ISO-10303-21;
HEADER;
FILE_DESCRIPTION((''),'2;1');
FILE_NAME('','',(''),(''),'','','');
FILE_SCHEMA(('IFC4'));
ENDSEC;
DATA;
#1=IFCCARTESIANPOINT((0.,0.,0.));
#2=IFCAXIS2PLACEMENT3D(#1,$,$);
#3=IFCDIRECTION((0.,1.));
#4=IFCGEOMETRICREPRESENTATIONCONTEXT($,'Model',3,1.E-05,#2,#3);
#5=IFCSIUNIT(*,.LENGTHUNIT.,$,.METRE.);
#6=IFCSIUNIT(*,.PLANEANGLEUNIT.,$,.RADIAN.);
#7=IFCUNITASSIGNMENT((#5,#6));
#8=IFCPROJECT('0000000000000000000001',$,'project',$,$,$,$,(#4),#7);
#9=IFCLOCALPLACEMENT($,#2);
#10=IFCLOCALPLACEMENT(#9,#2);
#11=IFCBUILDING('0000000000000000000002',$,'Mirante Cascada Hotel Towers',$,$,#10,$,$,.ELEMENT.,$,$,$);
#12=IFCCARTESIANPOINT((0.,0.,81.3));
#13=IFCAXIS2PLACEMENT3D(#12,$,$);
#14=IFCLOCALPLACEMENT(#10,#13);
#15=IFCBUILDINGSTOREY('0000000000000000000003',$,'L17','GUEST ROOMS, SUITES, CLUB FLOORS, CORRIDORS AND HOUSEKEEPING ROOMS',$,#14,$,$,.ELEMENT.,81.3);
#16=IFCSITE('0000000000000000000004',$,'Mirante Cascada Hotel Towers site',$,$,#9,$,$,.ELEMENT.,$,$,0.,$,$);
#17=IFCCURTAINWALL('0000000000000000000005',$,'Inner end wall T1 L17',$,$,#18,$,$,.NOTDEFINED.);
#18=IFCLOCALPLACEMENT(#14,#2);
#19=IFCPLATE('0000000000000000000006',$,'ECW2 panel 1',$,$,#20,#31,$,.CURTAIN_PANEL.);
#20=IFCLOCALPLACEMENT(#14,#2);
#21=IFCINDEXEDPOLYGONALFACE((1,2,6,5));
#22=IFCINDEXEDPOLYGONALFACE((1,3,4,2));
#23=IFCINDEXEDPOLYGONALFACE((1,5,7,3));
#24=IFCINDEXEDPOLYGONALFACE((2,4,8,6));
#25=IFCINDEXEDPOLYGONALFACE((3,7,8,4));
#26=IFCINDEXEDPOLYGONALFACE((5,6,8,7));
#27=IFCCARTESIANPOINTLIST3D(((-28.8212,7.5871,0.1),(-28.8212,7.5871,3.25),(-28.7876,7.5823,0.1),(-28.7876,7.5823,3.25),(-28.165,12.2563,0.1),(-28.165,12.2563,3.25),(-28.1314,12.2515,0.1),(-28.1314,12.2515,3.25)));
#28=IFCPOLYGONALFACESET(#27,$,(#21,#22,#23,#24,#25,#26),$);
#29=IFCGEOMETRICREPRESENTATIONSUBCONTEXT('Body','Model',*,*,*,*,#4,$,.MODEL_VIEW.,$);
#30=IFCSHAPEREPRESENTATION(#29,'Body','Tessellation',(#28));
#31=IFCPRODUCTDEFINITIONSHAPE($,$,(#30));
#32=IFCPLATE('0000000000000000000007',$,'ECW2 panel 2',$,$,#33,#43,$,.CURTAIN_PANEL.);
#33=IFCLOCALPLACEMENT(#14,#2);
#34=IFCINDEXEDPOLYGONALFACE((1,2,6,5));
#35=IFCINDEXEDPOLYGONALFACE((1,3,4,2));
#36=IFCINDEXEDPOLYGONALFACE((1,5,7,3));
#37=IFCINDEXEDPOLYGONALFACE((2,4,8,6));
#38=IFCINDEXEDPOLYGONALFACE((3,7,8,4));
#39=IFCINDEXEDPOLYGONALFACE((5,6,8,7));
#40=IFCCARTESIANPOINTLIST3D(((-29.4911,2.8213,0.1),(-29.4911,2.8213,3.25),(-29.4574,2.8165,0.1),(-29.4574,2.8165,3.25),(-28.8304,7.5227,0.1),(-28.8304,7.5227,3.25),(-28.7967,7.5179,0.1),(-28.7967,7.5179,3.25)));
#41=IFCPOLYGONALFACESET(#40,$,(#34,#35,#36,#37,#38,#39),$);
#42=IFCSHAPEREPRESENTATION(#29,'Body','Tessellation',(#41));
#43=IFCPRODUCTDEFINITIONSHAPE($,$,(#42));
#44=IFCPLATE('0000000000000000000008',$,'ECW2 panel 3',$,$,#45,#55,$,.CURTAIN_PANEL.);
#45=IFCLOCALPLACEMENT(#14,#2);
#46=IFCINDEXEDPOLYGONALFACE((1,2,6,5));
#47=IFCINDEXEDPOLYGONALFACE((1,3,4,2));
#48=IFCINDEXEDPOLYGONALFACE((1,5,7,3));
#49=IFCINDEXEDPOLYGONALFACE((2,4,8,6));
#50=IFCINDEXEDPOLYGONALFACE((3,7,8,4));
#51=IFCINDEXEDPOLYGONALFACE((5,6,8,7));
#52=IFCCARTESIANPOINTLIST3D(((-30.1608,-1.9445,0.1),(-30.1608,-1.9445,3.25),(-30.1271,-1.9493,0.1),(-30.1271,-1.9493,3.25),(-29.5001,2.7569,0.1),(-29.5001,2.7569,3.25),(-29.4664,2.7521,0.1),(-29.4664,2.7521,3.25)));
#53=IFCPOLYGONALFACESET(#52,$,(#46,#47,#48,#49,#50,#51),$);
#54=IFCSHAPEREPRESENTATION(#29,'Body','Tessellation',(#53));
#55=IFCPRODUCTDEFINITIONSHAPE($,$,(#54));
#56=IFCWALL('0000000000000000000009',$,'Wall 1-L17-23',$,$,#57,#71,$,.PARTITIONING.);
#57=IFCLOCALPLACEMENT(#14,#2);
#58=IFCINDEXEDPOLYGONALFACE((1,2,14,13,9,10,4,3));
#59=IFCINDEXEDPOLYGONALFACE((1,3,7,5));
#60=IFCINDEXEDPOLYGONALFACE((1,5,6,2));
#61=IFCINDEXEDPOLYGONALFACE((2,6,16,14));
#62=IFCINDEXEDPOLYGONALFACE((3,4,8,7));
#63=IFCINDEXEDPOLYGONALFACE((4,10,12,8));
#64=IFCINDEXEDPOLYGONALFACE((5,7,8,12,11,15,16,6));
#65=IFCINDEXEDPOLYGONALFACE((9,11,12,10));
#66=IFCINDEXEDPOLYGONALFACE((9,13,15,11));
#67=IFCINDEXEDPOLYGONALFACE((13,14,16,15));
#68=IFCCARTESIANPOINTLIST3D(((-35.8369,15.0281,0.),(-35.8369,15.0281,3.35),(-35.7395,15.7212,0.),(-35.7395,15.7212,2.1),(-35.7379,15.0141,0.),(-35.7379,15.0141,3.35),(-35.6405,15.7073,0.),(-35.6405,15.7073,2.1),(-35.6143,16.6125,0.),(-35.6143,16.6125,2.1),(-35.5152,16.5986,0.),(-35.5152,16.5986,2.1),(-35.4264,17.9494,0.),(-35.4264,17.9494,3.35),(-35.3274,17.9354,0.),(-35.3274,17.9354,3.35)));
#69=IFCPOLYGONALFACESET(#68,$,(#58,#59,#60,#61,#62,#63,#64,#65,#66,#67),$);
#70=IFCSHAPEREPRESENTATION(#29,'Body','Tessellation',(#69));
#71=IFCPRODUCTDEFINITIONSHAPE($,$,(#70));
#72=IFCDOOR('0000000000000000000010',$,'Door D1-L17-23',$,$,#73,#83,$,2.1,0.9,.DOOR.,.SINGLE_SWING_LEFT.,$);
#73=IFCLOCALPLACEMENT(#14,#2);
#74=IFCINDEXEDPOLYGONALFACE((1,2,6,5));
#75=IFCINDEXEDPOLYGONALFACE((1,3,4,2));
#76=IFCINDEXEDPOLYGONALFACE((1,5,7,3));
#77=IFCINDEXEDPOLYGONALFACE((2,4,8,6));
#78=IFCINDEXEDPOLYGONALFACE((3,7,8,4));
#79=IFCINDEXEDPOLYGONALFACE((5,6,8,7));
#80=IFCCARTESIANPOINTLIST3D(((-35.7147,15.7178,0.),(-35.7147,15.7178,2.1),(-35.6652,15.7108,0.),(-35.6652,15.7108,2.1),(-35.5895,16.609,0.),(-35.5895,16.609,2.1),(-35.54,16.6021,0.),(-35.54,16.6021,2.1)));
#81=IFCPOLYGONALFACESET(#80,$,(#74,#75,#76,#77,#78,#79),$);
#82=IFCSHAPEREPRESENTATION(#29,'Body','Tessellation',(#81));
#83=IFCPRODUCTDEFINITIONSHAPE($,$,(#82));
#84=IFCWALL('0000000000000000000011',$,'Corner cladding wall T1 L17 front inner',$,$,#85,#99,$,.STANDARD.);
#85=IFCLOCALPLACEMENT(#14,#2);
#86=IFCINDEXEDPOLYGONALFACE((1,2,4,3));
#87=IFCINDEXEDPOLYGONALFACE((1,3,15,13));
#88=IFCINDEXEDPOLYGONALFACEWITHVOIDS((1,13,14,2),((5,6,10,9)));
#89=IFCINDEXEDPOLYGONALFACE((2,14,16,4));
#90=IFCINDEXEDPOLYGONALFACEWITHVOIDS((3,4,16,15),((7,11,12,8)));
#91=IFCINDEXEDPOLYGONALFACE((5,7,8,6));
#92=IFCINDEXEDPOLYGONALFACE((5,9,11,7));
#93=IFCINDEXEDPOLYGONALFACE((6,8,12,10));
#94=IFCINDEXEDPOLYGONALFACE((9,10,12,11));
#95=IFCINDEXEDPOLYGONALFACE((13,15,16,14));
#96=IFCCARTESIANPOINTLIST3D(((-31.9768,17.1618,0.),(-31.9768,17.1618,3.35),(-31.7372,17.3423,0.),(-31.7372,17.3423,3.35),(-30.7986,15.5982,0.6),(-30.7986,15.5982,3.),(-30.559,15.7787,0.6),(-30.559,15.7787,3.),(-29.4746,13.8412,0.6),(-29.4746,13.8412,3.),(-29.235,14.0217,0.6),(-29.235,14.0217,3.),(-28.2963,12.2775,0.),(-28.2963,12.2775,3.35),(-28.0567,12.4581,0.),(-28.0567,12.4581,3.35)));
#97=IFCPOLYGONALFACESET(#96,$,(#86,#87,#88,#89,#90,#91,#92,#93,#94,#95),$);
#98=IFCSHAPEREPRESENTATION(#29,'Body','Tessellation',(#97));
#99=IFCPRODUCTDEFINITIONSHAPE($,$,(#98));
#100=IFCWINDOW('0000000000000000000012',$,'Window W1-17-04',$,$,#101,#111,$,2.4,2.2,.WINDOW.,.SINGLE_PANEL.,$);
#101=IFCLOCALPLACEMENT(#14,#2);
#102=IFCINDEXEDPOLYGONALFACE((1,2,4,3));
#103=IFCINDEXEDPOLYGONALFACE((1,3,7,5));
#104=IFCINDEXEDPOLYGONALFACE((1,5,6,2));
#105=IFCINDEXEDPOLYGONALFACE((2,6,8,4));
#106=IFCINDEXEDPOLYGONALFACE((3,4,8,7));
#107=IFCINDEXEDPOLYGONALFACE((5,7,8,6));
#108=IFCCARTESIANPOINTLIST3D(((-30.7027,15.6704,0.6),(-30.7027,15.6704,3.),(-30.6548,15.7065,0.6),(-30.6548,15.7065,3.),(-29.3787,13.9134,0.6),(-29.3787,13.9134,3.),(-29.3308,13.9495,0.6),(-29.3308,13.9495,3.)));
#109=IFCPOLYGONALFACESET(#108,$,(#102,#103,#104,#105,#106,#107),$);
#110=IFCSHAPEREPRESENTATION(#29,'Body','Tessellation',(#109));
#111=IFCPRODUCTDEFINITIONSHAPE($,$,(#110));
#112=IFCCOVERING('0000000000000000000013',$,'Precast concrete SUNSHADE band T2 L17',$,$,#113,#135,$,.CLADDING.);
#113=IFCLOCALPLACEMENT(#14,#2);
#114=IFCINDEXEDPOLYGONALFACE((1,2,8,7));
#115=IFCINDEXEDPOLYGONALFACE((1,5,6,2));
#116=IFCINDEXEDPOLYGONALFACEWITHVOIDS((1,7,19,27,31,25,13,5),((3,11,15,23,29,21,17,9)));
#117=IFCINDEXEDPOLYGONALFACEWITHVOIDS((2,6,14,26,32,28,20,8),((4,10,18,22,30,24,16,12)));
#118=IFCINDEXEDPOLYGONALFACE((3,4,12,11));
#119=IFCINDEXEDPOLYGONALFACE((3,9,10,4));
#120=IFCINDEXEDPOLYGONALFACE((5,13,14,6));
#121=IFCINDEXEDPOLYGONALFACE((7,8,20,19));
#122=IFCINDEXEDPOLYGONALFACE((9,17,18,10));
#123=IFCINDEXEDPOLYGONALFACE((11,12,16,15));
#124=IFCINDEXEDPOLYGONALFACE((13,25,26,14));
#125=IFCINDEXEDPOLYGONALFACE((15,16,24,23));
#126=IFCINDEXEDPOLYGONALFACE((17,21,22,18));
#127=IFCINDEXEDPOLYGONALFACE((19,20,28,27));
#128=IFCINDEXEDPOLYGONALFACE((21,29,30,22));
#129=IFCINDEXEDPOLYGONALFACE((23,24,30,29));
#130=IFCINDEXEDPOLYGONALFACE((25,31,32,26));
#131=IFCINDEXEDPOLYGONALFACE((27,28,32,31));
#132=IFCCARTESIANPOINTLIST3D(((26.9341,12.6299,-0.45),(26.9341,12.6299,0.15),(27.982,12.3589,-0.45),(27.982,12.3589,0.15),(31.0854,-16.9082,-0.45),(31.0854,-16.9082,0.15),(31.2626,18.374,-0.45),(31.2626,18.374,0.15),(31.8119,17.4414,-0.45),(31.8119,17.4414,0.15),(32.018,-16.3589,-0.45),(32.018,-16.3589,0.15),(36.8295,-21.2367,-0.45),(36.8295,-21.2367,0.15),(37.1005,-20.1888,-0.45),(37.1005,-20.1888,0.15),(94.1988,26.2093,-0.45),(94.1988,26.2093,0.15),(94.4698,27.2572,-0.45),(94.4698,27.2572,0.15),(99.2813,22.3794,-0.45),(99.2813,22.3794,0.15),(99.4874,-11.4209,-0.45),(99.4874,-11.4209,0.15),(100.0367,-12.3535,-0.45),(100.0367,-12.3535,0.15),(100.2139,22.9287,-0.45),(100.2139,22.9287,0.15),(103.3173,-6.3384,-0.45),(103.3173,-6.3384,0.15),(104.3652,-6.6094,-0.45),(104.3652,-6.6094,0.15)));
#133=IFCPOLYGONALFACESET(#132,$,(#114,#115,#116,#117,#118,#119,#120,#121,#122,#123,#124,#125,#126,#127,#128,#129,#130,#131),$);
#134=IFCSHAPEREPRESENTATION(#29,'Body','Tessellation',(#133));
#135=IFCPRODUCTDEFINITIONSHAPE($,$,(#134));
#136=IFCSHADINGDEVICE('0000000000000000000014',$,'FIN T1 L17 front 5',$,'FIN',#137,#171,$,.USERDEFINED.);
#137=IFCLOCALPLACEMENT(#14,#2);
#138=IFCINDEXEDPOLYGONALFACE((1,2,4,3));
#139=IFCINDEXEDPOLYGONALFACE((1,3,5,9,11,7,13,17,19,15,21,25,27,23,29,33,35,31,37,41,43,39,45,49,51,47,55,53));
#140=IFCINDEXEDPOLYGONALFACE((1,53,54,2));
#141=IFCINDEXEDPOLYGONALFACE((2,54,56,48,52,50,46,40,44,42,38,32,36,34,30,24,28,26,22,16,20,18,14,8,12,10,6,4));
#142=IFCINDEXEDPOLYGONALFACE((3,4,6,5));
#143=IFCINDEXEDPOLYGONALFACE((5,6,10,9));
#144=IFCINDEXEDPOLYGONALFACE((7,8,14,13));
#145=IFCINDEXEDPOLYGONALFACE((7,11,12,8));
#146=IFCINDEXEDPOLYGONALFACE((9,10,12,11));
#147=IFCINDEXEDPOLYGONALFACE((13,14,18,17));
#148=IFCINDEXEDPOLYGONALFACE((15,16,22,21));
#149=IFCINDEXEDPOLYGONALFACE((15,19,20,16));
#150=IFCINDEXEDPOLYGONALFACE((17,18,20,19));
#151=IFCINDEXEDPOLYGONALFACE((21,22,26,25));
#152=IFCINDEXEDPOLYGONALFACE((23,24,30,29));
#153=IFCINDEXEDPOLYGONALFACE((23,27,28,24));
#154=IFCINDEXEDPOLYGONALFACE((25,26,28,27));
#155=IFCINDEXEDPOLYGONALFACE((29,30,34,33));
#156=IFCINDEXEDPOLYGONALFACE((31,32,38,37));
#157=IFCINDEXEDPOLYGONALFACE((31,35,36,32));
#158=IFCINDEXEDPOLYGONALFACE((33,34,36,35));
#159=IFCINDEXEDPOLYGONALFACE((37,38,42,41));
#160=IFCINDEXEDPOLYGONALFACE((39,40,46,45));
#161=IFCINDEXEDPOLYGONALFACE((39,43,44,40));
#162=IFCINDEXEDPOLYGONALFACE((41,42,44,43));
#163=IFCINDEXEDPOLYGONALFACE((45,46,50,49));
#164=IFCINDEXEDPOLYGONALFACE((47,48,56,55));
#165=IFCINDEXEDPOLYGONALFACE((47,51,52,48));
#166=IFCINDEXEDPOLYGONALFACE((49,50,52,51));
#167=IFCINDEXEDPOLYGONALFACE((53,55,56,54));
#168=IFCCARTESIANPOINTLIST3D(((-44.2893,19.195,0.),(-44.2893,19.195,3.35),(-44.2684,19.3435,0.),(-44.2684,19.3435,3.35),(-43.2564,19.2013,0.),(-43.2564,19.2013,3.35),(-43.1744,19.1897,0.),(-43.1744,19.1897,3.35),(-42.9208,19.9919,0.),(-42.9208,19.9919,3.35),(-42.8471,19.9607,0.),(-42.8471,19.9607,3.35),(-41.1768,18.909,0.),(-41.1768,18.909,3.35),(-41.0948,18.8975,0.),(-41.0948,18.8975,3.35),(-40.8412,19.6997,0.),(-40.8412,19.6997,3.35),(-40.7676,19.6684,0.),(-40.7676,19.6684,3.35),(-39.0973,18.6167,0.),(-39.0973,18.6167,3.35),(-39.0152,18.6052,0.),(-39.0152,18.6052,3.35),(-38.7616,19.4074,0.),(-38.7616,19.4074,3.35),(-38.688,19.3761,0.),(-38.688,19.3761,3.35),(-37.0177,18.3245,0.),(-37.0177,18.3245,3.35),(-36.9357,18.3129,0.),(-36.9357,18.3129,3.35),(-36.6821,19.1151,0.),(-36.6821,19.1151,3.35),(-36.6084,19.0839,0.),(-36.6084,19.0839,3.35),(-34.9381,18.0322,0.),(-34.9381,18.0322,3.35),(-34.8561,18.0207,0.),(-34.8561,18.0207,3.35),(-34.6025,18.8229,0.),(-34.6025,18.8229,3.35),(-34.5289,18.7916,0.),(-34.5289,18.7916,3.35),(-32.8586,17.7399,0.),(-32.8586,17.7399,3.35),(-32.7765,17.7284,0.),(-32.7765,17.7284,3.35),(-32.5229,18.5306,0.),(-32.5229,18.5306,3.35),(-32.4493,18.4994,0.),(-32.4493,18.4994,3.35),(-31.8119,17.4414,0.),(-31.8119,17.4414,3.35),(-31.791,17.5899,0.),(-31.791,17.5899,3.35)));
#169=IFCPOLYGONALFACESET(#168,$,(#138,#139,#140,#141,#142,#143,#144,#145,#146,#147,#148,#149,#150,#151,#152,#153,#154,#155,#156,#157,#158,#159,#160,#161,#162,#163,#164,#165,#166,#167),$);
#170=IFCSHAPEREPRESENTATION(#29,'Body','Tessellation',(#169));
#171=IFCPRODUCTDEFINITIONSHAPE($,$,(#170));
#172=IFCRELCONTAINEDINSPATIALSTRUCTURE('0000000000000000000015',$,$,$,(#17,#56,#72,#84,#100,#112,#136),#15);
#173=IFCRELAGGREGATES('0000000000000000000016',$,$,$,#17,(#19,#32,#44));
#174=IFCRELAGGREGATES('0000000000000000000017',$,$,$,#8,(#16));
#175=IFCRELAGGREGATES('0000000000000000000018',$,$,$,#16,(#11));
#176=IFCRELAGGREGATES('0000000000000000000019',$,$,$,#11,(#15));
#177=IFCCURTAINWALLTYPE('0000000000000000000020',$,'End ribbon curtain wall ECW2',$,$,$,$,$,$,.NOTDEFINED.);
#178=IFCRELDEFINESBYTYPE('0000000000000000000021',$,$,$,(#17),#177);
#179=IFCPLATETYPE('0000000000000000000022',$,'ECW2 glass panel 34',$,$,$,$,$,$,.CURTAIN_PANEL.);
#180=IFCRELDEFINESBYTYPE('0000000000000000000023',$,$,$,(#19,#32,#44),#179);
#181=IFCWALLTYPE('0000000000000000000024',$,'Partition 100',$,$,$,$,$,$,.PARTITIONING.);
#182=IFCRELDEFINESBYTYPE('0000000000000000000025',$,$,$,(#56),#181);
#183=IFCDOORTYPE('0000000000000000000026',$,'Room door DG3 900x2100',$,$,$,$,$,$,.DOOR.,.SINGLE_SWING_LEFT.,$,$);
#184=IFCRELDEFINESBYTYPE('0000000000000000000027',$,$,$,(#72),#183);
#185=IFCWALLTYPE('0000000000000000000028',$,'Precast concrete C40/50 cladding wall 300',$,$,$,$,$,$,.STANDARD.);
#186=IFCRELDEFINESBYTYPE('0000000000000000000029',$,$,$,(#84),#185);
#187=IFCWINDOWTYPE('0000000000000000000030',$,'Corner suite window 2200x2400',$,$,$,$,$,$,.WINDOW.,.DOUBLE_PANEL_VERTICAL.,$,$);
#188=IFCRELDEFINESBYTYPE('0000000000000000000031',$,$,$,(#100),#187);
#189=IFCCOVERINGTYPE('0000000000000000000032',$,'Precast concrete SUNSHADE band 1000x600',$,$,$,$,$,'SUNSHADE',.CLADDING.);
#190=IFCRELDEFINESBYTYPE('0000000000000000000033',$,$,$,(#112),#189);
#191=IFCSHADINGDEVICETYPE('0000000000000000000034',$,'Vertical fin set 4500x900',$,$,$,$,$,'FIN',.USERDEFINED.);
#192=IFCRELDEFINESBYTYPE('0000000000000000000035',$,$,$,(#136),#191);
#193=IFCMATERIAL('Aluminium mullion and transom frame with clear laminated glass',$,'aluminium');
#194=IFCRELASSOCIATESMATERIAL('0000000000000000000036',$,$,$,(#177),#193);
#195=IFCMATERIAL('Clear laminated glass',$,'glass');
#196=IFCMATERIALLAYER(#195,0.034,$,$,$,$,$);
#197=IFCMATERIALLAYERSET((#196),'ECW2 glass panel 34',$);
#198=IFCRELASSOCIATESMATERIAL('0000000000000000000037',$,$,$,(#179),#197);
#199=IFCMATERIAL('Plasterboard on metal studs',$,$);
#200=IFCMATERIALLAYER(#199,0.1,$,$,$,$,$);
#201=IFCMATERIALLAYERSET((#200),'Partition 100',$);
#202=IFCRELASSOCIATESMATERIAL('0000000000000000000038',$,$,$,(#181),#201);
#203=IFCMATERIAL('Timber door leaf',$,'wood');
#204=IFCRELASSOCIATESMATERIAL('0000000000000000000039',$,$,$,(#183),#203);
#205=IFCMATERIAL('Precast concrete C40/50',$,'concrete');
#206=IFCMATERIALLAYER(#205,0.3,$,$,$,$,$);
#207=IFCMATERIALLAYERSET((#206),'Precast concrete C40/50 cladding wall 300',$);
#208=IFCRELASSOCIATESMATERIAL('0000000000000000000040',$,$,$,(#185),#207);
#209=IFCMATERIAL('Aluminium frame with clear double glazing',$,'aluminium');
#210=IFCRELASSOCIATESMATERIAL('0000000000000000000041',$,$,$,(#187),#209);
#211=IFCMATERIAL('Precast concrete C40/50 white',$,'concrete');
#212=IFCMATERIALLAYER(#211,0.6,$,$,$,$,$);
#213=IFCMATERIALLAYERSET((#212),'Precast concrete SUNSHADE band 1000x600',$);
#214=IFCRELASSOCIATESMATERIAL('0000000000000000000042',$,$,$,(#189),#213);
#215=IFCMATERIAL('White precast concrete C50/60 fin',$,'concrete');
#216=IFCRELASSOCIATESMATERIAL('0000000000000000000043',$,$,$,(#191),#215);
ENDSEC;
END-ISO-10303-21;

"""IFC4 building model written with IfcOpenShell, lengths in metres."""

from ifc_helpers import new_model, si_unit, direction, frame, frame_2d, origin, origin_2d, place, context, subcontext, project, spatial, polyline, rectangle, outline, extrude, material, layer, layer_set, type_object, element, fill, aggregate, save


model = new_model("IFC4")

# Units and contexts
model_context = context("Model", 3, precision=1e-05, world=origin(), true_north=direction((0.0, 1.0)))
body_context = subcontext(model_context, "Body", "Model", "MODEL_VIEW")
ifc_project = project(units=[si_unit("LENGTHUNIT", "METRE"), si_unit("PLANEANGLEUNIT", "RADIAN")], contexts=[model_context])

# Site, building, storey
site_placement = place(None, origin())
site = spatial("IfcSite", under=ifc_project, at=site_placement, Name="Mirante Cascada Hotel Towers site", CompositionType="ELEMENT", RefElevation=0.0)
building_placement = place(site_placement, origin())
building = spatial("IfcBuilding", under=site, at=building_placement, Name="Mirante Cascada Hotel Towers", CompositionType="ELEMENT")
storey_placement = place(building_placement, frame((0.0, 0.0, 81.3)))
storey = spatial("IfcBuildingStorey", under=building, at=storey_placement, Name="L17", Description="GUEST ROOMS, SUITES, CLUB FLOORS, CORRIDORS AND HOUSEKEEPING ROOMS", CompositionType="ELEMENT", Elevation=81.3)

# Curtain wall
ifc_material_1 = material(Name="Aluminium mullion and transom frame with clear laminated glass", Category="aluminium")
curtain_wall_type_1 = type_object("IfcCurtainWallType", Name="End ribbon curtain wall ECW2", PredefinedType="NOTDEFINED", material=ifc_material_1)
curtain_wall_1_placement = place(storey_placement, origin())
curtain_wall_1 = element("IfcCurtainWall", 1, at=curtain_wall_1_placement, inside=storey, type_object=curtain_wall_type_1, Name="Inner end wall T1 L17", PredefinedType="NOTDEFINED")

# Plates
ifc_material_2 = material(Name="Clear laminated glass", Category="glass")
ifc_layer_1 = layer(ifc_material_2, 0.034)
ifc_layer_set_1 = layer_set([ifc_layer_1], Name="ECW2 glass panel 34")
plate_type_1 = type_object("IfcPlateType", Name="ECW2 glass panel 34", PredefinedType="CURTAIN_PANEL", material=ifc_layer_set_1)
plate_1_placement = place(storey_placement, frame((-28.4763, 9.9193, 0.1), z_axis=(0.0, 0.0, 1.0), x_axis=(-0.139173, -0.990268, 0.0)))
plate_1 = element("IfcPlate", 2, at=plate_1_placement, type_object=plate_type_1, Name="ECW2 panel 1", PredefinedType="CURTAIN_PANEL", context=body_context, shape_type="SweptSolid", body=[
    extrude(rectangle(XDim=4.7151, YDim=0.034, at=origin_2d()), origin(), (0.0, 0.0, 1.0), 3.15),
])
plate_2_placement = place(storey_placement, frame((-29.1439, 5.1696, 0.1), z_axis=(0.0, 0.0, 1.0), x_axis=(-0.139173, -0.990268, 0.0)))
plate_2 = element("IfcPlate", 3, at=plate_2_placement, type_object=plate_type_1, Name="ECW2 panel 2", PredefinedType="CURTAIN_PANEL", context=body_context, shape_type="SweptSolid", body=[
    extrude(rectangle(XDim=4.7476, YDim=0.034, at=origin_2d()), origin(), (0.0, 0.0, 1.0), 3.15),
])
plate_3_placement = place(storey_placement, frame((-29.8136, 0.4038, 0.1), z_axis=(0.0, 0.0, 1.0), x_axis=(-0.139173, -0.990268, 0.0)))
plate_3 = element("IfcPlate", 4, at=plate_3_placement, type_object=plate_type_1, Name="ECW2 panel 3", PredefinedType="CURTAIN_PANEL", context=body_context, shape_type="SweptSolid", body=[
    extrude(rectangle(XDim=4.7476, YDim=0.034, at=origin_2d()), origin(), (0.0, 0.0, 1.0), 3.15),
])
aggregate(curtain_wall_1, [plate_1, plate_2, plate_3])

# Wall, opening, door
ifc_material_3 = material(Name="Plasterboard on metal studs")
ifc_layer_2 = layer(ifc_material_3, 0.1)
ifc_layer_set_2 = layer_set([ifc_layer_2], Name="Partition 100")
wall_type_1 = type_object("IfcWallType", Name="Partition 100", PredefinedType="PARTITIONING", material=ifc_layer_set_2)
wall_1_placement = place(storey_placement, frame((-35.3769, 17.9424, 0.0), z_axis=(0.0, 0.0, 1.0), x_axis=(-0.139153, -0.990271, 0.0)))
wall_1 = element("IfcWall", 5, at=wall_1_placement, inside=storey, type_object=wall_type_1, Name="Wall 1-L17-23", PredefinedType="PARTITIONING", context=body_context, shape_type="SweptSolid", body=[
    extrude(rectangle(XDim=2.95, YDim=0.1, at=frame_2d((1.475, 0.0))), origin(), (0.0, 0.0, 1.0), 3.35),
])
opening_1_placement = place(wall_1_placement, frame((1.35, 0.0, 0.0)))
opening_1 = element("IfcOpeningElement", 6, at=opening_1_placement, cuts=wall_1, PredefinedType="OPENING", context=body_context, shape_type="SweptSolid", body=[
    extrude(rectangle(XDim=0.9, YDim=2.1, at=frame_2d((0.45, 1.05))), frame((0.0, 0.05, 0.0), z_axis=(0.0, -1.0, 0.0), x_axis=(1.0, 0.0, 0.0)), (0.0, 0.0, 1.0), 0.1),
])
ifc_material_4 = material(Name="Timber door leaf", Category="wood")
door_type = type_object("IfcDoorType", Name="Room door DG3 900x2100", OperationType="SINGLE_SWING_LEFT", PredefinedType="DOOR", material=ifc_material_4)
door_placement = place(opening_1_placement, origin())
door = element("IfcDoor", 7, at=door_placement, inside=storey, type_object=door_type, Name="Door D1-L17-23", OperationType="SINGLE_SWING_LEFT", OverallHeight=2.1, OverallWidth=0.9, PredefinedType="DOOR", context=body_context, shape_type="SweptSolid", body=[
    extrude(rectangle(XDim=0.9, YDim=2.1, at=frame_2d((0.45, 1.05))), frame((0.0, 0.025, 0.0), z_axis=(0.0, -1.0, 0.0), x_axis=(1.0, 0.0, 0.0)), (0.0, 0.0, 1.0), 0.05),
])
fill(opening_1, door)

# Wall, opening, window
ifc_material_5 = material(Name="Precast concrete C40/50", Category="concrete")
ifc_layer_3 = layer(ifc_material_5, 0.3)
ifc_layer_set_3 = layer_set([ifc_layer_3], Name="Precast concrete C40/50 cladding wall 300")
wall_type_2 = type_object("IfcWallType", Name="Precast concrete C40/50 cladding wall 300", PredefinedType="STANDARD", material=ifc_layer_set_3)
wall_2_placement = place(storey_placement, frame((-31.857, 17.252, 0.0), z_axis=(0.0, 0.0, 1.0), x_axis=(0.601814, -0.798636, 0.0)))
wall_2 = element("IfcWall", 8, at=wall_2_placement, inside=storey, type_object=wall_type_2, Name="Corner cladding wall T1 L17 front inner", PredefinedType="STANDARD", context=body_context, shape_type="SweptSolid", body=[
    extrude(rectangle(XDim=6.1157, YDim=0.3, at=frame_2d((3.0578, 0.0))), origin(), (0.0, 0.0, 1.0), 3.35),
])
opening_2_placement = place(wall_2_placement, frame((1.9578, 0.0, 0.6)))
opening_2 = element("IfcOpeningElement", 9, at=opening_2_placement, cuts=wall_2, PredefinedType="OPENING", context=body_context, shape_type="SweptSolid", body=[
    extrude(rectangle(XDim=2.2, YDim=2.4, at=frame_2d((1.1, 1.2))), frame((0.0, 0.15, 0.0), z_axis=(0.0, -1.0, 0.0), x_axis=(1.0, 0.0, 0.0)), (0.0, 0.0, 1.0), 0.3),
])
ifc_material_6 = material(Name="Aluminium frame with clear double glazing", Category="aluminium")
window_type = type_object("IfcWindowType", Name="Corner suite window 2200x2400", PartitioningType="DOUBLE_PANEL_VERTICAL", PredefinedType="WINDOW", material=ifc_material_6)
window_placement = place(opening_2_placement, origin())
window = element("IfcWindow", 10, at=window_placement, inside=storey, type_object=window_type, Name="Window W1-17-04", OverallHeight=2.4, OverallWidth=2.2, PartitioningType="SINGLE_PANEL", PredefinedType="WINDOW", context=body_context, shape_type="SweptSolid", body=[
    extrude(rectangle(XDim=2.2, YDim=2.4, at=frame_2d((1.1, 1.2))), frame((0.0, 0.03, 0.0), z_axis=(0.0, -1.0, 0.0), x_axis=(1.0, 0.0, 0.0)), (0.0, 0.0, 1.0), 0.06),
])
fill(opening_2, window)

# Covering
ifc_material_7 = material(Name="Precast concrete C40/50 white", Category="concrete")
ifc_layer_4 = layer(ifc_material_7, 0.6)
ifc_layer_set_4 = layer_set([ifc_layer_4], Name="Precast concrete SUNSHADE band 1000x600")
covering_type = type_object("IfcCoveringType", Name="Precast concrete SUNSHADE band 1000x600", ElementType="SUNSHADE", PredefinedType="CLADDING", material=ifc_layer_set_4)
covering_placement = place(storey_placement, frame((0.0, 0.0, -0.45)))
element("IfcCovering", 11, at=covering_placement, inside=storey, type_object=covering_type, Name="Precast concrete SUNSHADE band T2 L17", PredefinedType="CLADDING", context=body_context, shape_type="SweptSolid", body=[
    extrude(outline(polyline([(26.9341, 12.6299), (31.2626, 18.374), (94.4698, 27.2572), (100.2139, 22.9287), (104.3652, -6.6094), (100.0367, -12.3535), (36.8295, -21.2367), (31.0854, -16.9082), (26.9341, 12.6299)]), holes=[polyline([(103.3173, -6.3384), (99.2813, 22.3794), (94.1988, 26.2093), (31.8119, 17.4414), (27.982, 12.3589), (32.018, -16.3589), (37.1005, -20.1888), (99.4874, -11.4209), (103.3173, -6.3384)])]), origin(), (0.0, 0.0, 1.0), 0.6),
])

# Shading device
ifc_material_8 = material(Name="White precast concrete C50/60 fin", Category="concrete")
shading_device_type = type_object("IfcShadingDeviceType", Name="Vertical fin set 4500x900", ElementType="FIN", PredefinedType="USERDEFINED", material=ifc_material_8)
shading_device_1_placement = place(storey_placement, origin())
element("IfcShadingDevice", 12, at=shading_device_1_placement, inside=storey, type_object=shading_device_type, Name="FIN T1 L17 front 5", ObjectType="FIN", PredefinedType="USERDEFINED", context=body_context, shape_type="SweptSolid", body=[
    extrude(outline(polyline([(-32.4493, 18.4994), (-32.7765, 17.7284), (-31.791, 17.5899), (-31.8119, 17.4414), (-44.2893, 19.195), (-44.2684, 19.3435), (-43.2564, 19.2013), (-42.9208, 19.9919), (-42.8471, 19.9607), (-43.1744, 19.1897), (-41.1768, 18.909), (-40.8412, 19.6997), (-40.7676, 19.6684), (-41.0948, 18.8975), (-39.0973, 18.6167), (-38.7616, 19.4074), (-38.688, 19.3761), (-39.0152, 18.6052), (-37.0177, 18.3245), (-36.6821, 19.1151), (-36.6084, 19.0839), (-36.9357, 18.3129), (-34.9381, 18.0322), (-34.6025, 18.8229), (-34.5289, 18.7916), (-34.8561, 18.0207), (-32.8586, 17.7399), (-32.5229, 18.5306), (-32.4493, 18.4994)])), origin(), (0.0, 0.0, 1.0), 3.35),
])

save(model, "model.ifc")
